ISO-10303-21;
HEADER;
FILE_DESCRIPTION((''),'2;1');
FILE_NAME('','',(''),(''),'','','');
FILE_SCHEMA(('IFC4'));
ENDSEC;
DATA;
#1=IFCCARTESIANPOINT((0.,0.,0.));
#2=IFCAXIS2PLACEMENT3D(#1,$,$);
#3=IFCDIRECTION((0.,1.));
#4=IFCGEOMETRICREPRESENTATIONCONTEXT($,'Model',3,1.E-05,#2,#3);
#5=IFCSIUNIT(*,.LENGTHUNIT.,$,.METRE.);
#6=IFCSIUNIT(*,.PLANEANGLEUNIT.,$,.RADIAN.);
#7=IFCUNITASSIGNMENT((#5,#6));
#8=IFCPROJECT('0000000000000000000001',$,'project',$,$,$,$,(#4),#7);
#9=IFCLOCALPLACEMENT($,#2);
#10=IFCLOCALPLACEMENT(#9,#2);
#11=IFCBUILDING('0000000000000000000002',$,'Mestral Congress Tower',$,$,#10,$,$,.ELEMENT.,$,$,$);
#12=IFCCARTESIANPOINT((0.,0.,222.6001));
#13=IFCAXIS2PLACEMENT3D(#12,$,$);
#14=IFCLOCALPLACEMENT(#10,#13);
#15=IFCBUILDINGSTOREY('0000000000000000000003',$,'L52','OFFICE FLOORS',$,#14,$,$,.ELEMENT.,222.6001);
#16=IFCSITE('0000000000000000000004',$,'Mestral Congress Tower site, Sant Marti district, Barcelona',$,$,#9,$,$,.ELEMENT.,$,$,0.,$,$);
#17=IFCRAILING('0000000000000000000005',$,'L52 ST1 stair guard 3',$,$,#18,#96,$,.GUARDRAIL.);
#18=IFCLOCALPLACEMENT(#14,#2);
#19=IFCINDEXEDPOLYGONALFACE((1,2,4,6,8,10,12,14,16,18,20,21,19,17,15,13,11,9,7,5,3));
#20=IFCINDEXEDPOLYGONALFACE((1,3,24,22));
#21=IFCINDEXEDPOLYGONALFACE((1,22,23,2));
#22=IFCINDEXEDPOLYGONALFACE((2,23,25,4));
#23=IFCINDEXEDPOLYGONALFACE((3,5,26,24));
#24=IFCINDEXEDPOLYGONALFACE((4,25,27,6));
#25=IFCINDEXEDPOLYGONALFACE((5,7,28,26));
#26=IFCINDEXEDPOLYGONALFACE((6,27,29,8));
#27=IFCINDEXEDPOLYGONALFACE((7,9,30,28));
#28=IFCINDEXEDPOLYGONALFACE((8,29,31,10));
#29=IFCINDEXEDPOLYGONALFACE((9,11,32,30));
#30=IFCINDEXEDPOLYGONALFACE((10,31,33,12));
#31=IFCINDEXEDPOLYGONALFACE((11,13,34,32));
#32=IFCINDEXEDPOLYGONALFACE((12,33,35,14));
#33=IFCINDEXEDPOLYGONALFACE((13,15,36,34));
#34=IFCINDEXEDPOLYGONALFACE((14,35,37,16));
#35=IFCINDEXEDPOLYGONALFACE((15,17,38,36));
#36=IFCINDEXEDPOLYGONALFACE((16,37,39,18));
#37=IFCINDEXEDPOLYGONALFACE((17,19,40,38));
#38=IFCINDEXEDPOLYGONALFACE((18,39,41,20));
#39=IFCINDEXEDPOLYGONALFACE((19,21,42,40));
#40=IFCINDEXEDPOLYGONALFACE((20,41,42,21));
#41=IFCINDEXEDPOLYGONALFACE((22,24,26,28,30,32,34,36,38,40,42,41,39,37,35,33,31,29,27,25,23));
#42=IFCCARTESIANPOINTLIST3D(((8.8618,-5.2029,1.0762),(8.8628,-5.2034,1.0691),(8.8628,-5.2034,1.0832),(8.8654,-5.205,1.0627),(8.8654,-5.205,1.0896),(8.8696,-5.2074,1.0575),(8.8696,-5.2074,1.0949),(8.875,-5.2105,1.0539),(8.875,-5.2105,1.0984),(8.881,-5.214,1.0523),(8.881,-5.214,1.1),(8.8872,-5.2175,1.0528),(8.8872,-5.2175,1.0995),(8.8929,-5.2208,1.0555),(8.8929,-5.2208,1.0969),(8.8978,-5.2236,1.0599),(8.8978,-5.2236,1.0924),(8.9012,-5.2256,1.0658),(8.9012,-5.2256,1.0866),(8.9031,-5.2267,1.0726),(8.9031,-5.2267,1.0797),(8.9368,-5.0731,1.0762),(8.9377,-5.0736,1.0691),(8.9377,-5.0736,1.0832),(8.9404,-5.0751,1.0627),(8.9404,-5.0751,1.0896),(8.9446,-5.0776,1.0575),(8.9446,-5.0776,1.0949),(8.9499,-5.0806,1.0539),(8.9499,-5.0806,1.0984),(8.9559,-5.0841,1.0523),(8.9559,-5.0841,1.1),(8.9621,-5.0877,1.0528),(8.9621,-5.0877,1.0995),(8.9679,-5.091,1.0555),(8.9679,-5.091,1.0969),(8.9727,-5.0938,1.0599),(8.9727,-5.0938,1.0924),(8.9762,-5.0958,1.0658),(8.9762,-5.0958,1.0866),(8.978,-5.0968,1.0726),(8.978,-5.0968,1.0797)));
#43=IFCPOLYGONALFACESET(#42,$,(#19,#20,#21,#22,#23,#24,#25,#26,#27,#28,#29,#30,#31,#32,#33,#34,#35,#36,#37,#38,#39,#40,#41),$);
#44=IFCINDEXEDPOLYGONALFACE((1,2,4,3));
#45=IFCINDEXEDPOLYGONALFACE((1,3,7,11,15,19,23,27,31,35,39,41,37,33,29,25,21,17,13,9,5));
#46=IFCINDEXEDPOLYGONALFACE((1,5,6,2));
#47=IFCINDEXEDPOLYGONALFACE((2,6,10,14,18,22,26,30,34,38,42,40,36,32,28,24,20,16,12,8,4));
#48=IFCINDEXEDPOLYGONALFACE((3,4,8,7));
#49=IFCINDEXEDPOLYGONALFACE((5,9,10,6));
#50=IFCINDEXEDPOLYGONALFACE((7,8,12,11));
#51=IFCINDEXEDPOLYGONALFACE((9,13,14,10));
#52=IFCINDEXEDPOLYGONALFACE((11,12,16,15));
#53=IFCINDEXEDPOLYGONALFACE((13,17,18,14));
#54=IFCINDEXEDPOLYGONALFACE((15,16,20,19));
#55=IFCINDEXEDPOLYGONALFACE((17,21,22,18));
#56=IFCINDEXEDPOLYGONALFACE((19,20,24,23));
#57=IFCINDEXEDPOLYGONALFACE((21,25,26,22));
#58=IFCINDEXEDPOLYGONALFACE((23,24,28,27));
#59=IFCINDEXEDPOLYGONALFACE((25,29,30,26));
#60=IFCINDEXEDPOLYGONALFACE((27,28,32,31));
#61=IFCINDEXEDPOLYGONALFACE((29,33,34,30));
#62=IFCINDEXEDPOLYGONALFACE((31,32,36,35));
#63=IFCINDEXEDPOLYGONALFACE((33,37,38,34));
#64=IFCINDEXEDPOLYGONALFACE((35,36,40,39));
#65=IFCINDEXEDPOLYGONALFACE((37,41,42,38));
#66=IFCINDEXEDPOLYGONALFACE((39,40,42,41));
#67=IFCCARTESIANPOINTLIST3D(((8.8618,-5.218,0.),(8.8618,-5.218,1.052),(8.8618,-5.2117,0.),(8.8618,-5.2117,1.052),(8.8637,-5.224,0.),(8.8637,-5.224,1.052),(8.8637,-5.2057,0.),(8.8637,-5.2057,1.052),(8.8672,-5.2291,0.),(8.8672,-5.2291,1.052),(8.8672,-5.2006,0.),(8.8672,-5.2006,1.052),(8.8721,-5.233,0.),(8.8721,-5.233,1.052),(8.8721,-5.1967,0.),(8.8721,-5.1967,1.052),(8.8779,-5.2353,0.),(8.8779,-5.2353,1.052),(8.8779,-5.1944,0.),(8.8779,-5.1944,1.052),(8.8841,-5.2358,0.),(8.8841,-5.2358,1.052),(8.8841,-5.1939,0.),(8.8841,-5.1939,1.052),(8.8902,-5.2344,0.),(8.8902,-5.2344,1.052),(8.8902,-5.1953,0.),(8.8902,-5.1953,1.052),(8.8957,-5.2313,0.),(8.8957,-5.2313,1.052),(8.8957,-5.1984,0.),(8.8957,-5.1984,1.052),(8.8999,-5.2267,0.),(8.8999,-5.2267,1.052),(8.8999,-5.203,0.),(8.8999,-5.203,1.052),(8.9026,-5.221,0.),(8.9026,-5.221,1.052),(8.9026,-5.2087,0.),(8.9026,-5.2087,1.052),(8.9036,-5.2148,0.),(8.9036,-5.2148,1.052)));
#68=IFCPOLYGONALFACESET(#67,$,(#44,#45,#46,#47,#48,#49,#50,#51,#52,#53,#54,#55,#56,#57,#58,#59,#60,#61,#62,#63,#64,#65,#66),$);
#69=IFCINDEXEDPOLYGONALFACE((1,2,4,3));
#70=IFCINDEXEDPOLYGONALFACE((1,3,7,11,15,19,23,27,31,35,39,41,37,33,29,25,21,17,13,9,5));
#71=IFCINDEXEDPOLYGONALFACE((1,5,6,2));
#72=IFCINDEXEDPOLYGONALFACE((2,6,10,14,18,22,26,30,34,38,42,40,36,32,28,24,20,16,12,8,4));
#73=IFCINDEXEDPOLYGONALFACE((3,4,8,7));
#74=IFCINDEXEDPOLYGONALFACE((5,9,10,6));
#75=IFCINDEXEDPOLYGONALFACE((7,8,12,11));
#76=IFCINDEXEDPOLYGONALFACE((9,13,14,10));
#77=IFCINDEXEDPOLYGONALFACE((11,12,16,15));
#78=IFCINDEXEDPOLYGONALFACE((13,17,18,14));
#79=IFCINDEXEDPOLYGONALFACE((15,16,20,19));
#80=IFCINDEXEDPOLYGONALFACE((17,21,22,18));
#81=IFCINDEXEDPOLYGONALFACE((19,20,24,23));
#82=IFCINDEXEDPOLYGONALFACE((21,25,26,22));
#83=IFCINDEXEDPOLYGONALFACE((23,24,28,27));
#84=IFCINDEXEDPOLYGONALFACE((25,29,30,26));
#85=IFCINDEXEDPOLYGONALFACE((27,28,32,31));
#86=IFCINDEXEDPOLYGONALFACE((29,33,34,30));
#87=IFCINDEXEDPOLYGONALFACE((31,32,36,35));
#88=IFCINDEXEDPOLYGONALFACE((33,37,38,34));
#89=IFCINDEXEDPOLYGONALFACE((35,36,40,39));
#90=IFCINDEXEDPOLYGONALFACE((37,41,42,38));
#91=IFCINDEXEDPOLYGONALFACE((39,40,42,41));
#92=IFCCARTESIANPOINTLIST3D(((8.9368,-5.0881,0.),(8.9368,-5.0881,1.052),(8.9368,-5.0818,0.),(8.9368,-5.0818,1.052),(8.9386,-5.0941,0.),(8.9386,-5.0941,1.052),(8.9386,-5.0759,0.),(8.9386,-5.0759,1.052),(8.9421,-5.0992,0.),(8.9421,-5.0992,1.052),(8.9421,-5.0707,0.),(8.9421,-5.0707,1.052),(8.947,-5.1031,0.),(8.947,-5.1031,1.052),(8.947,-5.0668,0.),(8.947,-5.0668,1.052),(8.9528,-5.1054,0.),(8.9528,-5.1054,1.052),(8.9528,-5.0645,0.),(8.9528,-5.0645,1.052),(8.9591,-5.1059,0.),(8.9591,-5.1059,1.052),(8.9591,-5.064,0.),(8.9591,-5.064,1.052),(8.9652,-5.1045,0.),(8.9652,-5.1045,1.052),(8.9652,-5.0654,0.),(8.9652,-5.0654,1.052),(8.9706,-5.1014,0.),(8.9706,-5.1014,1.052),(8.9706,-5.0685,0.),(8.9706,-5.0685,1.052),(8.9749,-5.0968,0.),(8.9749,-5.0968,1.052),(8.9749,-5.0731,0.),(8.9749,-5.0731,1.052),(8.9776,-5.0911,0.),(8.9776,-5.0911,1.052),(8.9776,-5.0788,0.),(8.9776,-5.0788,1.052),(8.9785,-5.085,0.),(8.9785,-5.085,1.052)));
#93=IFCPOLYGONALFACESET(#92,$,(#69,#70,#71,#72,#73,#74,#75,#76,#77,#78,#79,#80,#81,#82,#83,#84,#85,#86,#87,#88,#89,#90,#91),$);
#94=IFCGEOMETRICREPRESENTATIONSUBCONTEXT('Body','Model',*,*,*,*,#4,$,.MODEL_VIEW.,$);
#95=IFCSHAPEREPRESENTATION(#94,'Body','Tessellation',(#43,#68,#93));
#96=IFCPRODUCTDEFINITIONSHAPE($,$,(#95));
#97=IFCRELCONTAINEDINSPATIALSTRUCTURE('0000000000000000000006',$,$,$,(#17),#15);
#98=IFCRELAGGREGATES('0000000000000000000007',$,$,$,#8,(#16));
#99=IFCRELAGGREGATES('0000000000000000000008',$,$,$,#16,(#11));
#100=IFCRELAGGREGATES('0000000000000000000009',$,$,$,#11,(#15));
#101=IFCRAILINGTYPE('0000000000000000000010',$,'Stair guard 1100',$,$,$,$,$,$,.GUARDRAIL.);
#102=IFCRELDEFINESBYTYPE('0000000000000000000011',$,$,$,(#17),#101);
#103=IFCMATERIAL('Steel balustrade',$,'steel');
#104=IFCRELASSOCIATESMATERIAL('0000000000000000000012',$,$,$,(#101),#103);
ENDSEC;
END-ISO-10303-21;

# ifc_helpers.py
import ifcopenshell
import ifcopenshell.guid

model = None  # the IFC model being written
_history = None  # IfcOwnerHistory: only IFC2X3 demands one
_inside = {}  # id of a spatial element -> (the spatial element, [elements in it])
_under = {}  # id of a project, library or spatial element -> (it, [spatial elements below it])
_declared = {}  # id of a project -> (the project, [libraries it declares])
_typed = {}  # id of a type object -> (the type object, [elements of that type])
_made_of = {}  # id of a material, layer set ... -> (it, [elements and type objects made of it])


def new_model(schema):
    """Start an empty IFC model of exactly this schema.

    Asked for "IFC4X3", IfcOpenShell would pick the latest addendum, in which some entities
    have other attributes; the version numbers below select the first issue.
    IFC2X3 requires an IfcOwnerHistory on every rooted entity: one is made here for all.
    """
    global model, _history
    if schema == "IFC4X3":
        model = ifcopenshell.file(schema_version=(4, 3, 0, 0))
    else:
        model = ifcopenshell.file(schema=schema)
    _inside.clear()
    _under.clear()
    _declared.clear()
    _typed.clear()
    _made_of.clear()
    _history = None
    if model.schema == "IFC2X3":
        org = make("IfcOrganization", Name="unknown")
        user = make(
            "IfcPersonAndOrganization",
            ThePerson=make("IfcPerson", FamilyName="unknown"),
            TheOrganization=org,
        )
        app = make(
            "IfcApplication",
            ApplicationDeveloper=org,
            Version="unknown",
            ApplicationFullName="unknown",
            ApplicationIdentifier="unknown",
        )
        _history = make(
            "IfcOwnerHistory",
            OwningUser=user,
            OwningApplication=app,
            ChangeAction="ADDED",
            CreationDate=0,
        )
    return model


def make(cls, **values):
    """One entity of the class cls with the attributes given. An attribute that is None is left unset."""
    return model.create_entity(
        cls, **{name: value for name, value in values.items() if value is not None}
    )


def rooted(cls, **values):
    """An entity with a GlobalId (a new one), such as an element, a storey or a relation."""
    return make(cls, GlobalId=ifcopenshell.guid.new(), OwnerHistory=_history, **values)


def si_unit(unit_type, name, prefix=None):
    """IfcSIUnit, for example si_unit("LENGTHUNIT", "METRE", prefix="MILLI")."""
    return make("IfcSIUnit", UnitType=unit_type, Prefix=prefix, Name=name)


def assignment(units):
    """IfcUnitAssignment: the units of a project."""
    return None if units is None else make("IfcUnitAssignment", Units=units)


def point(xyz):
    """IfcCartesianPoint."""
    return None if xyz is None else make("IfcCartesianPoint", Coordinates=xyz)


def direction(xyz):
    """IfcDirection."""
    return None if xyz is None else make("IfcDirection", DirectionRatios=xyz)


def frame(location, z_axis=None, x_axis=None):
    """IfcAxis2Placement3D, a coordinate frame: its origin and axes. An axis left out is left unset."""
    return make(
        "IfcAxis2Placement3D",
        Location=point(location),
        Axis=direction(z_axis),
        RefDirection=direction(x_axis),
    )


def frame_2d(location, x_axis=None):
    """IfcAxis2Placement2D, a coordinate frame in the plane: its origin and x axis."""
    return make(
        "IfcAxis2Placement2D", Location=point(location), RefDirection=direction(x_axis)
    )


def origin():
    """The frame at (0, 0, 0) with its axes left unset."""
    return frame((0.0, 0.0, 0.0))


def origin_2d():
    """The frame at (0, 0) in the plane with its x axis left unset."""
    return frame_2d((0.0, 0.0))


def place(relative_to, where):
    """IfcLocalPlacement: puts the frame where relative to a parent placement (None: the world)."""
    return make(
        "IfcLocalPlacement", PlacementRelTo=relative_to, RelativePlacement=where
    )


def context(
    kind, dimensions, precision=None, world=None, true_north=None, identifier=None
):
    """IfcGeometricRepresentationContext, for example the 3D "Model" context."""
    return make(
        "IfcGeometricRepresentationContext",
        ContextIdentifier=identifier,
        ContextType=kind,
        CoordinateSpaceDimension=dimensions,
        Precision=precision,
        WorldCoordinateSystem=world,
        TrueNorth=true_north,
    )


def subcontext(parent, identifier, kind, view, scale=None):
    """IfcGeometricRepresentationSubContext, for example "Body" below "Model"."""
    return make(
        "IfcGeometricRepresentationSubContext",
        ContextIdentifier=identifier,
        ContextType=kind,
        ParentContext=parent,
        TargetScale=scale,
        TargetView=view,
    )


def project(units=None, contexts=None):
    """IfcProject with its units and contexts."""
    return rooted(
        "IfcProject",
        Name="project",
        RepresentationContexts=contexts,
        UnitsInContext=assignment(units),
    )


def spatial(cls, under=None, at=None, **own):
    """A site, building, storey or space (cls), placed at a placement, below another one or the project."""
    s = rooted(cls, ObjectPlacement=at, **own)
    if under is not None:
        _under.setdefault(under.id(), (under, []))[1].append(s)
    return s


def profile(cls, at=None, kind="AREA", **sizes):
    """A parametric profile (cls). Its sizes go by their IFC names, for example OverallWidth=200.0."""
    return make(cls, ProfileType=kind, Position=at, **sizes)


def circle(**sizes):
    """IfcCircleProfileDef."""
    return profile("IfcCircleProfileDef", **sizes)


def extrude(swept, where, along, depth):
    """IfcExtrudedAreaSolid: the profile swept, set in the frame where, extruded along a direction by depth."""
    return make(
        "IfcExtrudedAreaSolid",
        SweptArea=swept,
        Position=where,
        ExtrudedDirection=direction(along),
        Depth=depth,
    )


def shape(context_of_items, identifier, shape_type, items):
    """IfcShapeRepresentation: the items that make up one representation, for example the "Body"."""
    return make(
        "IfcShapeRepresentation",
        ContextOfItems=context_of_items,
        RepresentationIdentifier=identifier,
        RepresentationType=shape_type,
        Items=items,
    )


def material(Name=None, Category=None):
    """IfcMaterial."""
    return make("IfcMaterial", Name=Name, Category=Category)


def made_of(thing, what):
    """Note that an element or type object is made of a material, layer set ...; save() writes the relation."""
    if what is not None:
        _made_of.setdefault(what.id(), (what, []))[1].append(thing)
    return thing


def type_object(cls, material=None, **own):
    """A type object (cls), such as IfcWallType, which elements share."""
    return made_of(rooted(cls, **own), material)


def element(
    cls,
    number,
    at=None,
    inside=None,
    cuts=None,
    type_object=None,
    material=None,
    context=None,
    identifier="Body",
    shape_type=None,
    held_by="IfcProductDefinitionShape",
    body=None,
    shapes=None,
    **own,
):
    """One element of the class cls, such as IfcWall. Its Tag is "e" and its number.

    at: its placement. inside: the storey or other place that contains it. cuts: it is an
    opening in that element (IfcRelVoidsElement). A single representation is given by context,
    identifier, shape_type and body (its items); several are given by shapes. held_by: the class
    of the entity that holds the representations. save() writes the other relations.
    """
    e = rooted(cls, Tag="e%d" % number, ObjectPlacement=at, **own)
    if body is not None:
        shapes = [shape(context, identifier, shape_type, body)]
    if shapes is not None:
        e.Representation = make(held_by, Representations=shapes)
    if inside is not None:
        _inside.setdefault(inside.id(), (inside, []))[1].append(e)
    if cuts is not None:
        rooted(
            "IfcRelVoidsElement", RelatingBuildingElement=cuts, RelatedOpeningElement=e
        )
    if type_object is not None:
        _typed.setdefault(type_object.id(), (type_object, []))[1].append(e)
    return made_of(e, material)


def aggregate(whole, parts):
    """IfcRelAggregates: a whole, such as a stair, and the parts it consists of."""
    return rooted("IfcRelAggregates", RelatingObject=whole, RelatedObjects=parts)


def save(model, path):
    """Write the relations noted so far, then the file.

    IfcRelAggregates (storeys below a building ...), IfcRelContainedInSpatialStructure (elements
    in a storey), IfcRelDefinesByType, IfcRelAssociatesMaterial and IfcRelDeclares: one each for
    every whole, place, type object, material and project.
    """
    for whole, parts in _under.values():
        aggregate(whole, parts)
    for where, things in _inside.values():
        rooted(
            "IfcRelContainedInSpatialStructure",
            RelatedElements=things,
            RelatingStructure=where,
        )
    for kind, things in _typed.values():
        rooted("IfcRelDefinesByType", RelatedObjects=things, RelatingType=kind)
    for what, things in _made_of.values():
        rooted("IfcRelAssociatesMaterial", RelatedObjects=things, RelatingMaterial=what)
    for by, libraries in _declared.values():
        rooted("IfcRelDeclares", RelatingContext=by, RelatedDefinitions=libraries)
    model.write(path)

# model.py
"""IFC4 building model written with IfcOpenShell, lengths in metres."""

from ifc_helpers import new_model, si_unit, direction, frame, origin, origin_2d, place, context, subcontext, project, spatial, circle, extrude, material, type_object, element, save


model = new_model("IFC4")

# Units and contexts
model_context = context("Model", 3, precision=1e-05, world=origin(), true_north=direction((0.0, 1.0)))
body_context = subcontext(model_context, "Body", "Model", "MODEL_VIEW")
ifc_project = project(units=[si_unit("LENGTHUNIT", "METRE"), si_unit("PLANEANGLEUNIT", "RADIAN")], contexts=[model_context])

# Site, building, storey
site_placement = place(None, origin())
site = spatial("IfcSite", under=ifc_project, at=site_placement, Name="Mestral Congress Tower site, Sant Marti district, Barcelona", CompositionType="ELEMENT", RefElevation=0.0)
building_placement = place(site_placement, origin())
building = spatial("IfcBuilding", under=site, at=building_placement, Name="Mestral Congress Tower", CompositionType="ELEMENT")
storey_placement = place(building_placement, frame((0.0, 0.0, 222.6001)))
storey = spatial("IfcBuildingStorey", under=building, at=storey_placement, Name="L52", Description="OFFICE FLOORS", CompositionType="ELEMENT", Elevation=222.6001)

# Railing
ifc_material_1 = material(Name="Steel balustrade", Category="steel")
railing_type = type_object("IfcRailingType", Name="Stair guard 1100", PredefinedType="GUARDRAIL", material=ifc_material_1)
railing_1_placement = place(storey_placement, frame((8.8826, -5.2148, 0.0)))
element("IfcRailing", 1, at=railing_1_placement, inside=storey, type_object=railing_type, Name="L52 ST1 stair guard 3", PredefinedType="GUARDRAIL", context=body_context, shape_type="SweptSolid", body=[
    extrude(circle(Radius=0.0239, at=origin_2d()), frame((0.0, 0.0, 1.0762), z_axis=(0.499816, 0.866131, 0.0), x_axis=(-0.866131, 0.499816, 0.0)), (0.0, 0.0, 1.0), 0.1499),
    extrude(circle(Radius=0.021, at=origin_2d()), origin(), (0.0, 0.0, 1.0), 1.052),
    extrude(circle(Radius=0.021, at=origin_2d()), frame((0.075, 0.1299, 0.0)), (0.0, 0.0, 1.0), 1.052),
])

save(model, "model.ifc")
